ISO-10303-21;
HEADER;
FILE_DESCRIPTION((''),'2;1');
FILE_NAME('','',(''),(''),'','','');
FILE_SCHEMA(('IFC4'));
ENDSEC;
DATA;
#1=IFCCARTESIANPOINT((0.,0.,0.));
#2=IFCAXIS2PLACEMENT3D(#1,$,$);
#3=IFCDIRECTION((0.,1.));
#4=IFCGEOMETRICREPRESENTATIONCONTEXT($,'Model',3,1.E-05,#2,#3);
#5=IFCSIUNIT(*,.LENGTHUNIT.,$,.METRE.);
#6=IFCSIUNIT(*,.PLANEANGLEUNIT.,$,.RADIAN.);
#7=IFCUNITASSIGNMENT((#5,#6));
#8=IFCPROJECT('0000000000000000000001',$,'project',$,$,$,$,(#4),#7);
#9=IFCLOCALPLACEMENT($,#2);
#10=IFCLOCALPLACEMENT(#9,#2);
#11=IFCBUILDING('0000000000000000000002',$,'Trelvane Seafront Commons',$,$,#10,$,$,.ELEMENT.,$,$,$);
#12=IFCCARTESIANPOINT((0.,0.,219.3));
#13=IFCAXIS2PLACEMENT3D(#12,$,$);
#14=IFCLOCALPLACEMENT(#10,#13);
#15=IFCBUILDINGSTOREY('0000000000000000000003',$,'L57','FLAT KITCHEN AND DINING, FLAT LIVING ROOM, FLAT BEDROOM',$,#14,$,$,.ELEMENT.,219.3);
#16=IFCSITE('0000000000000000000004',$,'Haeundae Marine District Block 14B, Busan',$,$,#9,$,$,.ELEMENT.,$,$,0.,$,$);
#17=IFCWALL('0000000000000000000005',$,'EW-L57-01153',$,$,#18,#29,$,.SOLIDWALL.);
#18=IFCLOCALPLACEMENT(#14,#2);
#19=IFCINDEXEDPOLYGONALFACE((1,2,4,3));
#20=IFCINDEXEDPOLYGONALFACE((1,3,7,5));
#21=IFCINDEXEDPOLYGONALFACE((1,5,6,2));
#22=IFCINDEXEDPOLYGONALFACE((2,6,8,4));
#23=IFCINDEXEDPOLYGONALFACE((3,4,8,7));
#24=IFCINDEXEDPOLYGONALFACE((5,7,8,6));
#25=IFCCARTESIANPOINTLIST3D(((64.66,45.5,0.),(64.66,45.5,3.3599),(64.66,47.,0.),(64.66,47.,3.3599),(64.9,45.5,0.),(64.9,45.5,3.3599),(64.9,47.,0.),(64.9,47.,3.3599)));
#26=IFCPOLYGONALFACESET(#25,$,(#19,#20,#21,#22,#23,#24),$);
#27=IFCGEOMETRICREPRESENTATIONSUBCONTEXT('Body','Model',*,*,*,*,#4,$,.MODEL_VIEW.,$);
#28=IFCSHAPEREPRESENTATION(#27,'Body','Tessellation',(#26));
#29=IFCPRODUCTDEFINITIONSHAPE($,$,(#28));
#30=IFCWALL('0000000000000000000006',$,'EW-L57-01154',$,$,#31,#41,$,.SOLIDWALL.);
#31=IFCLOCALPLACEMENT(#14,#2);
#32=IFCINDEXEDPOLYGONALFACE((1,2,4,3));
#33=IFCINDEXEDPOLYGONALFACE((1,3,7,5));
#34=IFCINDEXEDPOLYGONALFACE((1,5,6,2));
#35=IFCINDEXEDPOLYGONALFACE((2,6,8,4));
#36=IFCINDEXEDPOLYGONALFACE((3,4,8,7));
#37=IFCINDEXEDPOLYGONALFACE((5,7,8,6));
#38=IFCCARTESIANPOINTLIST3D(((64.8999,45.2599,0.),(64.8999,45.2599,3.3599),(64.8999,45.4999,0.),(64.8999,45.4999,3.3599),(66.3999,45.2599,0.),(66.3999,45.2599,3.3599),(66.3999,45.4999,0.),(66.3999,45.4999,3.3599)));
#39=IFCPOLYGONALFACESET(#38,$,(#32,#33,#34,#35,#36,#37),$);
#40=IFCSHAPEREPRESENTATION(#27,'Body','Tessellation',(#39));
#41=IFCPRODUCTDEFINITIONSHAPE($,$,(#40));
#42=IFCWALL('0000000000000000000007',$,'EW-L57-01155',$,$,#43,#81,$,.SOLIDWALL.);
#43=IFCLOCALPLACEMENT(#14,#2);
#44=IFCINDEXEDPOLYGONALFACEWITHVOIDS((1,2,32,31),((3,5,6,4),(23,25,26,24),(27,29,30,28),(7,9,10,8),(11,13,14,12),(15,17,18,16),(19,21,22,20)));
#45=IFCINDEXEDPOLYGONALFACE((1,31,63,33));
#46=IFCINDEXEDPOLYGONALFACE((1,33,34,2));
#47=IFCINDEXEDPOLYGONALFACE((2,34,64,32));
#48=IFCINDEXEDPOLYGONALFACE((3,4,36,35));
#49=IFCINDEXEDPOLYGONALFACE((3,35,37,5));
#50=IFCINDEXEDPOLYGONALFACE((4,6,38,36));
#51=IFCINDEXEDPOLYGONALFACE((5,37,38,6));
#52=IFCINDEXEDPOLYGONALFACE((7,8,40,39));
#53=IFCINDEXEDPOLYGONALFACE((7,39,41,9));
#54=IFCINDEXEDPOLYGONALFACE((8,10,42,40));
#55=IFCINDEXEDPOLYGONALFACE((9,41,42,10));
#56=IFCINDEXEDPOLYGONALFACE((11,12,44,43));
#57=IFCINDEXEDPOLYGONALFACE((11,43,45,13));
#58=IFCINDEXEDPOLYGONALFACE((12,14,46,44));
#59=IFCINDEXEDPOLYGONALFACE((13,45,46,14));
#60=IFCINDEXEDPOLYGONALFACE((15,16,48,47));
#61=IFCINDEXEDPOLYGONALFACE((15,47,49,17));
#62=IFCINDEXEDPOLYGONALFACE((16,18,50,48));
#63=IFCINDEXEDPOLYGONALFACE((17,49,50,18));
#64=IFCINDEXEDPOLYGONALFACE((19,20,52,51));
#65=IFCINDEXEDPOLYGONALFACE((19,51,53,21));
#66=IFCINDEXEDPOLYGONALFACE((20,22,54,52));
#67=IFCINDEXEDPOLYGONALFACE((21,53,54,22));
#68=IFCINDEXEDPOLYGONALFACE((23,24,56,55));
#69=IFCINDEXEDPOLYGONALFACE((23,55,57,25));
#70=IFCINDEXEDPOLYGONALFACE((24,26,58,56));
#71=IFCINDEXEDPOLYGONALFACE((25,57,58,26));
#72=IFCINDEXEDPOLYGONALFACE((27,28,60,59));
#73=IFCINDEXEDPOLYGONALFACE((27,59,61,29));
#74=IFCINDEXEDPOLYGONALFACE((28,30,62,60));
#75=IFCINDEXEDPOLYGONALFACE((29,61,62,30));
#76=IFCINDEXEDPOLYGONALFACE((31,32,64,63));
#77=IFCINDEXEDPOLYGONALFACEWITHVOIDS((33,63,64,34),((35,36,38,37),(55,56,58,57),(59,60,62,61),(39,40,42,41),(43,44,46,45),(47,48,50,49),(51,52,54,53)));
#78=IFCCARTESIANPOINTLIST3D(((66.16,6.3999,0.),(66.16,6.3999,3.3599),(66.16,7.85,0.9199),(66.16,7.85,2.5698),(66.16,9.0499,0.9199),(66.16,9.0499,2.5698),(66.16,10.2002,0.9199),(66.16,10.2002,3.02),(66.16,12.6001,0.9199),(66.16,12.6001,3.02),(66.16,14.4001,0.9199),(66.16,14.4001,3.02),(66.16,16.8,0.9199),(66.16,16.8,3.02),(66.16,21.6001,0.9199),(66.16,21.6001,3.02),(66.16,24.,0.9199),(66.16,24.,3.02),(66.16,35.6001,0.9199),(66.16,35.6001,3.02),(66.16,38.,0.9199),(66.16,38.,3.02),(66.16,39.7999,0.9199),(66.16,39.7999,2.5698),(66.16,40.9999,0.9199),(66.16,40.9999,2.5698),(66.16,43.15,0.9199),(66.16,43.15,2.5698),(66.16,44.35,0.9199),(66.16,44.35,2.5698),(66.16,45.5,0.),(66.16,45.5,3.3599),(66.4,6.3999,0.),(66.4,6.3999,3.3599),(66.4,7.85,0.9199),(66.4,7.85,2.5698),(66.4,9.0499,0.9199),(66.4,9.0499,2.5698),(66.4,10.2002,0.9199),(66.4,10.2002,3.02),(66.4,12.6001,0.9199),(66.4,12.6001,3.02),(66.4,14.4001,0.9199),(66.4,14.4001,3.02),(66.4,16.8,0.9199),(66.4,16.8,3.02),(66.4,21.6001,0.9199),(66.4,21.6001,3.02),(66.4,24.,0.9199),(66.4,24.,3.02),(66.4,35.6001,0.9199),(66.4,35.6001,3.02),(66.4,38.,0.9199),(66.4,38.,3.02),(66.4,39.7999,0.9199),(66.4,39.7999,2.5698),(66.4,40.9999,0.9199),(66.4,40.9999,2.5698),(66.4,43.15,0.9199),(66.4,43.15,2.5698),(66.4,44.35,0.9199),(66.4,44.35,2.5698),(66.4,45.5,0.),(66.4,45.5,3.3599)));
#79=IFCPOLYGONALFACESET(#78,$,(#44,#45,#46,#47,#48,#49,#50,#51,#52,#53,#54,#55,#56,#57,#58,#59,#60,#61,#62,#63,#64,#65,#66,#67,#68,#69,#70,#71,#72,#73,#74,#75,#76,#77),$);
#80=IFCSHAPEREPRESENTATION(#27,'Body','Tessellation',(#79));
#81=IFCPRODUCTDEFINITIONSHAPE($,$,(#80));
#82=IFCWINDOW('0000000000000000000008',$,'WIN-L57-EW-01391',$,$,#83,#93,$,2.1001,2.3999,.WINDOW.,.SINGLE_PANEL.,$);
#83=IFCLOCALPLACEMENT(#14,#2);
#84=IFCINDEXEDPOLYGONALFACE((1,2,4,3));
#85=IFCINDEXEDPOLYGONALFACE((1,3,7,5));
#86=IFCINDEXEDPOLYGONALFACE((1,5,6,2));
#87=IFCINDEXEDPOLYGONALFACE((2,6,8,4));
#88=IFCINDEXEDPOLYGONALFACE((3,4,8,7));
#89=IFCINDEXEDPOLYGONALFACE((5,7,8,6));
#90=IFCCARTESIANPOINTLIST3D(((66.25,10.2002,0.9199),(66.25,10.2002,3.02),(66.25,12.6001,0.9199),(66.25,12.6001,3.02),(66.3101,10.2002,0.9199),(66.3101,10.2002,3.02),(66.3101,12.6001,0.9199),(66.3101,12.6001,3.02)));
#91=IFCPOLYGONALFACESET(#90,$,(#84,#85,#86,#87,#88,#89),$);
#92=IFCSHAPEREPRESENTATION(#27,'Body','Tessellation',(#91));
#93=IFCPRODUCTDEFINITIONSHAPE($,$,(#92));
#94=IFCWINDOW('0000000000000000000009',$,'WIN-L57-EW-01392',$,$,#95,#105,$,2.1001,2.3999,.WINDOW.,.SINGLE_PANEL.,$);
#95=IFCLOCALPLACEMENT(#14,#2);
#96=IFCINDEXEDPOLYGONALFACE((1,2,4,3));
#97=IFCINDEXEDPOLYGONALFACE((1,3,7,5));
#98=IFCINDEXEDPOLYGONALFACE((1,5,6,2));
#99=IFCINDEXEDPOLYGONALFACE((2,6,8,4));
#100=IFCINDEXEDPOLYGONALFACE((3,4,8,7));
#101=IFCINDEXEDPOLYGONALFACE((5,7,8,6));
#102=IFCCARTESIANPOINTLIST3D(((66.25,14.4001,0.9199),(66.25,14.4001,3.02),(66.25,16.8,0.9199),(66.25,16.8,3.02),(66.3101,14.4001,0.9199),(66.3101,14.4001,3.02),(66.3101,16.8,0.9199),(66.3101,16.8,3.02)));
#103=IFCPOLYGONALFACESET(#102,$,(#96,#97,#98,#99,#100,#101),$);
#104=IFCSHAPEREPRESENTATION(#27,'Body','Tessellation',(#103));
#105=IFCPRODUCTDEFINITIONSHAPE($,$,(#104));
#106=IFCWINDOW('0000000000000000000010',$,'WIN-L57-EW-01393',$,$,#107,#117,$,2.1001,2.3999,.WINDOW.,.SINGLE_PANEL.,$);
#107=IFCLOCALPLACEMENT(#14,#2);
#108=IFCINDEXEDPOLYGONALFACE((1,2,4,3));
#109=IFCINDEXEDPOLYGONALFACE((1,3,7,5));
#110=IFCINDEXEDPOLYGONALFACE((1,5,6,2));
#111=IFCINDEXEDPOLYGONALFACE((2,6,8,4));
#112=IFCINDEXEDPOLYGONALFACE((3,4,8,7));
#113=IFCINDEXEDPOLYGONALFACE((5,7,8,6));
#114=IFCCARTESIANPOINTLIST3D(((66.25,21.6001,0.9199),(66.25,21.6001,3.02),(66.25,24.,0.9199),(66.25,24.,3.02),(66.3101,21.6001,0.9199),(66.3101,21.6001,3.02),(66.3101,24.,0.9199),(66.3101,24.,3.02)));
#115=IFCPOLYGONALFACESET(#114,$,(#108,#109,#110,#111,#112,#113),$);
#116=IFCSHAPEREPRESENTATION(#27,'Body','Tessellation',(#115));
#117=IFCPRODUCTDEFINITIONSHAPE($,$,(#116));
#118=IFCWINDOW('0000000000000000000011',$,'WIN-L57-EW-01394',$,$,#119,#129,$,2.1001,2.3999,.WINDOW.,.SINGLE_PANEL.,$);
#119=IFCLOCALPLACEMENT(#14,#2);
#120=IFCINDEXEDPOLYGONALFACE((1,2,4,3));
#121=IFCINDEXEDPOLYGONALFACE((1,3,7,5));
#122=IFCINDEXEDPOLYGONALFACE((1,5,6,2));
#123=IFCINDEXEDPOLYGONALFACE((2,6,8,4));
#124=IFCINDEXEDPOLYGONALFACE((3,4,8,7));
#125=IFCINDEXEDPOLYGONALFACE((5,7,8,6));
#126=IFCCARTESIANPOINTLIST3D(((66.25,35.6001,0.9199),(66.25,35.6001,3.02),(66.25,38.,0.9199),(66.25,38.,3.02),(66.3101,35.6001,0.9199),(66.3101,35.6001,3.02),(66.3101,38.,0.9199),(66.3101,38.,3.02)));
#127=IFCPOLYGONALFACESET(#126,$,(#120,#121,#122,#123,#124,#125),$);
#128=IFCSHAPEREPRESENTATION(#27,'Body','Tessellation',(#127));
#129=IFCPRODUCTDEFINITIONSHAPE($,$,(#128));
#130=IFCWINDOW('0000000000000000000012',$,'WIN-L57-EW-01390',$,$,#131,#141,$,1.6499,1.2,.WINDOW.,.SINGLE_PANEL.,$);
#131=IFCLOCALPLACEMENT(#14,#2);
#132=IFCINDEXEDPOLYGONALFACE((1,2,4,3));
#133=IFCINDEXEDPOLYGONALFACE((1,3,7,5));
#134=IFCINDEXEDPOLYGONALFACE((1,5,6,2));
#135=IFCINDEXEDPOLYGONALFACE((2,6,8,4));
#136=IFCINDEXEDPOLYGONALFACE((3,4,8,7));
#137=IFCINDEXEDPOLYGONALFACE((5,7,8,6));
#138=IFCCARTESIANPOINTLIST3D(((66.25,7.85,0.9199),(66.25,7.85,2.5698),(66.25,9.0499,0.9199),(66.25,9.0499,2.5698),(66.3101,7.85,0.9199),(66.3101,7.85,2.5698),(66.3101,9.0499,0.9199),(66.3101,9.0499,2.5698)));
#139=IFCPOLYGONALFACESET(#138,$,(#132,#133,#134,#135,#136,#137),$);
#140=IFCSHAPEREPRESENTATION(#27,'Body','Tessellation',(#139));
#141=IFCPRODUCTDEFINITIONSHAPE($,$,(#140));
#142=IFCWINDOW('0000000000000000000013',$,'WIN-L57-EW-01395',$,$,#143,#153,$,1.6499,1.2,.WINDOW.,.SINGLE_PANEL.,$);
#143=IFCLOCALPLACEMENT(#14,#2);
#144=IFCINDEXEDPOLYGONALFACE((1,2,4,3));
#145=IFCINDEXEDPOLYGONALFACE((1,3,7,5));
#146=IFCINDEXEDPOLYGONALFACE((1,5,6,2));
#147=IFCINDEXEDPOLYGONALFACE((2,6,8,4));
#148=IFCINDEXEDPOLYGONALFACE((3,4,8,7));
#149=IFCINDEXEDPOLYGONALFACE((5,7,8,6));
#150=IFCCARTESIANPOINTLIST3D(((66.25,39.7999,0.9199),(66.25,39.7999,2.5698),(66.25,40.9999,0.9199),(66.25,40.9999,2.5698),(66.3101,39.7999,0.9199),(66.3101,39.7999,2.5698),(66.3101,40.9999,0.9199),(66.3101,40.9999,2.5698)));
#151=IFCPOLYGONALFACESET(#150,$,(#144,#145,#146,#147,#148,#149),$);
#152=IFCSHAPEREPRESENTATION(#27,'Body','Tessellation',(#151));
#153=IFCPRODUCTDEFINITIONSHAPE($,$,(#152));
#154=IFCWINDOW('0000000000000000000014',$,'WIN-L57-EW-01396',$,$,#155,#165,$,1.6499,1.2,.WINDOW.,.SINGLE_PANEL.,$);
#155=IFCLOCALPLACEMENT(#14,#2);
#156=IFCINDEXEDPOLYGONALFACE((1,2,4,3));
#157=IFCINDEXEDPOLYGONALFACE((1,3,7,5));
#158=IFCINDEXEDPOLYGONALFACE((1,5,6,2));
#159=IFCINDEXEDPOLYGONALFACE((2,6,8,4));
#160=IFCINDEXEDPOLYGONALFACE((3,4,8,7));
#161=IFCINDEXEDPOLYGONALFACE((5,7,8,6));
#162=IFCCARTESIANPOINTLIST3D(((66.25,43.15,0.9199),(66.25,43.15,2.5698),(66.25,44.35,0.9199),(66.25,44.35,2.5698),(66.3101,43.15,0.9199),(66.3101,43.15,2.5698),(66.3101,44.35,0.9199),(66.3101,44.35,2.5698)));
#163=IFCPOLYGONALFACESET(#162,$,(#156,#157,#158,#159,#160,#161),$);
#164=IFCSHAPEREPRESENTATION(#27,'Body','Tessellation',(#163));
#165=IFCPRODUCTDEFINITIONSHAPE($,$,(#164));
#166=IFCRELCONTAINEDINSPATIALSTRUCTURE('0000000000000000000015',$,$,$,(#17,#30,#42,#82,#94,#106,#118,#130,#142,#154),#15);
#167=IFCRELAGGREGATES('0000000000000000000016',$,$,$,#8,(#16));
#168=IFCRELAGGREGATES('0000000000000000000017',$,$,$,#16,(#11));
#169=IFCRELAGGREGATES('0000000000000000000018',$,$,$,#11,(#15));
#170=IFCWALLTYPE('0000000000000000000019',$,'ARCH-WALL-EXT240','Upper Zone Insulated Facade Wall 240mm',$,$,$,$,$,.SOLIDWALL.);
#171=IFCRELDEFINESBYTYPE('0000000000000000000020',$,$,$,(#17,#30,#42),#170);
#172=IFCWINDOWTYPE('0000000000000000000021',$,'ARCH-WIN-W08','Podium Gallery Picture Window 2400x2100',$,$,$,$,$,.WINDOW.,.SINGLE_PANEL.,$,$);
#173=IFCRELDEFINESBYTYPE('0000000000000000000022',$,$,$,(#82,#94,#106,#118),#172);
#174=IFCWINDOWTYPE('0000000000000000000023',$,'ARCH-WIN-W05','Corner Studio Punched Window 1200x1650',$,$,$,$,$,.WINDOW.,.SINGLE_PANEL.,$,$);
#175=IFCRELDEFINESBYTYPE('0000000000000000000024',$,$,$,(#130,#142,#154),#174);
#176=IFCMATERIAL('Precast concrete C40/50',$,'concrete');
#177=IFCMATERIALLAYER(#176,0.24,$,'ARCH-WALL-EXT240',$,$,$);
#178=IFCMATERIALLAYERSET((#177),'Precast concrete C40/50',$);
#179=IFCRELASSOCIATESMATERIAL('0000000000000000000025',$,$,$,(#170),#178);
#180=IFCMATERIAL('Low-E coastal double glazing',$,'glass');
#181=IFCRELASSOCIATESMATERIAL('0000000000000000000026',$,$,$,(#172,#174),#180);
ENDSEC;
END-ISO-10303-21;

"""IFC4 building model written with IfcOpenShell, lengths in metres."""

from ifc_helpers import new_model, si_unit, direction, frame, frame_2d, origin, place, context, subcontext, project, spatial, rectangle, extrude, source, transform, mapped, material, layer, layer_set, type_object, element, fill, save


model = new_model("IFC4")

# Units and contexts
model_context = context("Model", 3, precision=1e-05, world=origin(), true_north=direction((0.0, 1.0)))
body_context = subcontext(model_context, "Body", "Model", "MODEL_VIEW")
ifc_project = project(units=[si_unit("LENGTHUNIT", "METRE"), si_unit("PLANEANGLEUNIT", "RADIAN")], contexts=[model_context])

# Site, building, storey
site_placement = place(None, origin())
site = spatial("IfcSite", under=ifc_project, at=site_placement, Name="Haeundae Marine District Block 14B, Busan", CompositionType="ELEMENT", RefElevation=0.0)
building_placement = place(site_placement, origin())
building = spatial("IfcBuilding", under=site, at=building_placement, Name="Trelvane Seafront Commons", CompositionType="ELEMENT")
storey_placement = place(building_placement, frame((0.0, 0.0, 219.3)))
storey = spatial("IfcBuildingStorey", under=building, at=storey_placement, Name="L57", Description="FLAT KITCHEN AND DINING, FLAT LIVING ROOM, FLAT BEDROOM", CompositionType="ELEMENT", Elevation=219.3)

# Shared definitions
ifc_material_1 = material(Name="Low-E coastal double glazing", Category="glass")

# Shared definitions
ifc_material_2 = material(Name="Precast concrete C40/50", Category="concrete")
ifc_layer_1 = layer(ifc_material_2, 0.24, Name="ARCH-WALL-EXT240")
ifc_layer_set_1 = layer_set([ifc_layer_1], Name="Precast concrete C40/50")
wall_type = type_object("IfcWallType", Name="ARCH-WALL-EXT240", Description="Upper Zone Insulated Facade Wall 240mm", PredefinedType="SOLIDWALL", material=ifc_layer_set_1)

# Walls
for number, where, z_axis, x_axis, name in (
    (1, (64.78, 47.0, 0.0), (0.0, 0.0, 1.0), (0.0, -1.0, 0.0), "EW-L57-01153"),
    (2, (64.8999, 45.3799, 0.0), (0.0, 0.0, 1.0), (1.0, 0.0, 0.0), "EW-L57-01154"),
):
    element("IfcWall", number, at=place(storey_placement, frame(where, z_axis=z_axis, x_axis=x_axis)), inside=storey, type_object=wall_type, Name=name, PredefinedType="SOLIDWALL", context=body_context, shape_type="SweptSolid", body=[
        extrude(rectangle(XDim=1.5, YDim=0.24, at=frame_2d((0.75, 0.0))), origin(), (0.0, 0.0, 1.0), 3.3599),
    ])

# Wall, openings, windows
wall_1_placement = place(storey_placement, frame((66.28, 45.5, 0.0), z_axis=(0.0, 0.0, 1.0), x_axis=(0.0, -1.0, 0.0)))
wall_1 = element("IfcWall", 3, at=wall_1_placement, inside=storey, type_object=wall_type, Name="EW-L57-01155", PredefinedType="SOLIDWALL", context=body_context, shape_type="SweptSolid", body=[
    extrude(rectangle(XDim=39.1001, YDim=0.24, at=frame_2d((19.55, 0.0))), origin(), (0.0, 0.0, 1.0), 3.3599),
])
opening_1_placement = place(wall_1_placement, frame((36.45, 0.0, 0.9199)))
opening_1 = element("IfcOpeningElement", 4, at=opening_1_placement, cuts=wall_1, PredefinedType="OPENING", context=body_context, shape_type="SweptSolid", body=[
    extrude(rectangle(XDim=1.2, YDim=1.6499, at=frame_2d((0.6001, 0.825))), frame((0.0, 0.1299, 0.0), z_axis=(0.0, -1.0, 0.0), x_axis=(1.0, 0.0, 0.0)), (0.0, 0.0, 1.0), 0.26),
])
opening_2_placement = place(wall_1_placement, frame((32.8999, 0.0, 0.9199)))
opening_2 = element("IfcOpeningElement", 5, at=opening_2_placement, cuts=wall_1, PredefinedType="OPENING", context=body_context, shape_type="SweptSolid", body=[
    extrude(rectangle(XDim=2.3999, YDim=2.1001, at=frame_2d((1.2, 1.05))), frame((0.0, 0.1299, 0.0), z_axis=(0.0, -1.0, 0.0), x_axis=(1.0, 0.0, 0.0)), (0.0, 0.0, 1.0), 0.26),
])
opening_3_placement = place(wall_1_placement, frame((28.7, 0.0, 0.9199)))
opening_3 = element("IfcOpeningElement", 6, at=opening_3_placement, cuts=wall_1, PredefinedType="OPENING", context=body_context, shape_type="SweptSolid", body=[
    extrude(rectangle(XDim=2.3999, YDim=2.1001, at=frame_2d((1.2, 1.05))), frame((0.0, 0.1299, 0.0), z_axis=(0.0, -1.0, 0.0), x_axis=(1.0, 0.0, 0.0)), (0.0, 0.0, 1.0), 0.26),
])
opening_4_placement = place(wall_1_placement, frame((21.5, 0.0, 0.9199)))
opening_4 = element("IfcOpeningElement", 7, at=opening_4_placement, cuts=wall_1, PredefinedType="OPENING", context=body_context, shape_type="SweptSolid", body=[
    extrude(rectangle(XDim=2.3999, YDim=2.1001, at=frame_2d((1.2, 1.05))), frame((0.0, 0.1299, 0.0), z_axis=(0.0, -1.0, 0.0), x_axis=(1.0, 0.0, 0.0)), (0.0, 0.0, 1.0), 0.26),
])
opening_5_placement = place(wall_1_placement, frame((7.5, 0.0, 0.9199)))
opening_5 = element("IfcOpeningElement", 8, at=opening_5_placement, cuts=wall_1, PredefinedType="OPENING", context=body_context, shape_type="SweptSolid", body=[
    extrude(rectangle(XDim=2.3999, YDim=2.1001, at=frame_2d((1.2, 1.05))), frame((0.0, 0.1299, 0.0), z_axis=(0.0, -1.0, 0.0), x_axis=(1.0, 0.0, 0.0)), (0.0, 0.0, 1.0), 0.26),
])
opening_6_placement = place(wall_1_placement, frame((4.5, 0.0, 0.9199)))
opening_6 = element("IfcOpeningElement", 9, at=opening_6_placement, cuts=wall_1, PredefinedType="OPENING", context=body_context, shape_type="SweptSolid", body=[
    extrude(rectangle(XDim=1.2, YDim=1.6499, at=frame_2d((0.6001, 0.825))), frame((0.0, 0.1299, 0.0), z_axis=(0.0, -1.0, 0.0), x_axis=(1.0, 0.0, 0.0)), (0.0, 0.0, 1.0), 0.26),
])
opening_7_placement = place(wall_1_placement, frame((1.1499, 0.0, 0.9199)))
opening_7 = element("IfcOpeningElement", 10, at=opening_7_placement, cuts=wall_1, PredefinedType="OPENING", context=body_context, shape_type="SweptSolid", body=[
    extrude(rectangle(XDim=1.2, YDim=1.6499, at=frame_2d((0.6001, 0.825))), frame((0.0, 0.1299, 0.0), z_axis=(0.0, -1.0, 0.0), x_axis=(1.0, 0.0, 0.0)), (0.0, 0.0, 1.0), 0.26),
])
window_type_1 = type_object("IfcWindowType", Name="ARCH-WIN-W08", Description="Podium Gallery Picture Window 2400x2100", PartitioningType="SINGLE_PANEL", PredefinedType="WINDOW", material=ifc_material_1)
shared_shape_1 = source(origin(), body_context, "Body", "SweptSolid", [
    extrude(rectangle(XDim=2.3999, YDim=2.1001, at=frame_2d((1.2, 1.05))), frame((0.0, 0.03, 0.0), z_axis=(0.0, -1.0, 0.0), x_axis=(1.0, 0.0, 0.0)), (0.0, 0.0, 1.0), 0.0601),
])
window_1_placement = place(opening_2_placement, origin())
window_1 = element("IfcWindow", 11, at=window_1_placement, inside=storey, type_object=window_type_1, Name="WIN-L57-EW-01391", OverallHeight=2.1001, OverallWidth=2.3999, PartitioningType="SINGLE_PANEL", PredefinedType="WINDOW", context=body_context, shape_type="MappedRepresentation", body=[
    mapped(shared_shape_1, transform((0.0, 0.0, 0.0), x_axis=(1.0, 0.0, 0.0), y_axis=(0.0, 1.0, 0.0), z_axis=(0.0, 0.0, 1.0), scale=1.0)),
])
fill(opening_2, window_1)
window_2_placement = place(opening_3_placement, origin())
window_2 = element("IfcWindow", 12, at=window_2_placement, inside=storey, type_object=window_type_1, Name="WIN-L57-EW-01392", OverallHeight=2.1001, OverallWidth=2.3999, PartitioningType="SINGLE_PANEL", PredefinedType="WINDOW", context=body_context, shape_type="MappedRepresentation", body=[
    mapped(shared_shape_1, transform((0.0, 0.0, 0.0), x_axis=(1.0, 0.0, 0.0), y_axis=(0.0, 1.0, 0.0), z_axis=(0.0, 0.0, 1.0), scale=1.0)),
])
fill(opening_3, window_2)
window_3_placement = place(opening_4_placement, origin())
window_3 = element("IfcWindow", 13, at=window_3_placement, inside=storey, type_object=window_type_1, Name="WIN-L57-EW-01393", OverallHeight=2.1001, OverallWidth=2.3999, PartitioningType="SINGLE_PANEL", PredefinedType="WINDOW", context=body_context, shape_type="MappedRepresentation", body=[
    mapped(shared_shape_1, transform((0.0, 0.0, 0.0), x_axis=(1.0, 0.0, 0.0), y_axis=(0.0, 1.0, 0.0), z_axis=(0.0, 0.0, 1.0), scale=1.0)),
])
fill(opening_4, window_3)
window_4_placement = place(opening_5_placement, origin())
window_4 = element("IfcWindow", 14, at=window_4_placement, inside=storey, type_object=window_type_1, Name="WIN-L57-EW-01394", OverallHeight=2.1001, OverallWidth=2.3999, PartitioningType="SINGLE_PANEL", PredefinedType="WINDOW", context=body_context, shape_type="MappedRepresentation", body=[
    mapped(shared_shape_1, transform((0.0, 0.0, 0.0), x_axis=(1.0, 0.0, 0.0), y_axis=(0.0, 1.0, 0.0), z_axis=(0.0, 0.0, 1.0), scale=1.0)),
])
fill(opening_5, window_4)
window_type_2 = type_object("IfcWindowType", Name="ARCH-WIN-W05", Description="Corner Studio Punched Window 1200x1650", PartitioningType="SINGLE_PANEL", PredefinedType="WINDOW", material=ifc_material_1)
shared_shape_2 = source(origin(), body_context, "Body", "SweptSolid", [
    extrude(rectangle(XDim=1.2, YDim=1.6499, at=frame_2d((0.6001, 0.825))), frame((0.0, 0.03, 0.0), z_axis=(0.0, -1.0, 0.0), x_axis=(1.0, 0.0, 0.0)), (0.0, 0.0, 1.0), 0.0601),
])
window_5_placement = place(opening_1_placement, origin())
window_5 = element("IfcWindow", 15, at=window_5_placement, inside=storey, type_object=window_type_2, Name="WIN-L57-EW-01390", OverallHeight=1.6499, OverallWidth=1.2, PartitioningType="SINGLE_PANEL", PredefinedType="WINDOW", context=body_context, shape_type="MappedRepresentation", body=[
    mapped(shared_shape_2, transform((0.0, 0.0, 0.0), x_axis=(1.0, 0.0, 0.0), y_axis=(0.0, 1.0, 0.0), z_axis=(0.0, 0.0, 1.0), scale=1.0)),
])
fill(opening_1, window_5)
window_6_placement = place(opening_6_placement, origin())
window_6 = element("IfcWindow", 16, at=window_6_placement, inside=storey, type_object=window_type_2, Name="WIN-L57-EW-01395", OverallHeight=1.6499, OverallWidth=1.2, PartitioningType="SINGLE_PANEL", PredefinedType="WINDOW", context=body_context, shape_type="MappedRepresentation", body=[
    mapped(shared_shape_2, transform((0.0, 0.0, 0.0), x_axis=(1.0, 0.0, 0.0), y_axis=(0.0, 1.0, 0.0), z_axis=(0.0, 0.0, 1.0), scale=1.0)),
])
fill(opening_6, window_6)
window_7_placement = place(opening_7_placement, origin())
window_7 = element("IfcWindow", 17, at=window_7_placement, inside=storey, type_object=window_type_2, Name="WIN-L57-EW-01396", OverallHeight=1.6499, OverallWidth=1.2, PartitioningType="SINGLE_PANEL", PredefinedType="WINDOW", context=body_context, shape_type="MappedRepresentation", body=[
    mapped(shared_shape_2, transform((0.0, 0.0, 0.0), x_axis=(1.0, 0.0, 0.0), y_axis=(0.0, 1.0, 0.0), z_axis=(0.0, 0.0, 1.0), scale=1.0)),
])
fill(opening_7, window_7)

save(model, "model.ifc")
